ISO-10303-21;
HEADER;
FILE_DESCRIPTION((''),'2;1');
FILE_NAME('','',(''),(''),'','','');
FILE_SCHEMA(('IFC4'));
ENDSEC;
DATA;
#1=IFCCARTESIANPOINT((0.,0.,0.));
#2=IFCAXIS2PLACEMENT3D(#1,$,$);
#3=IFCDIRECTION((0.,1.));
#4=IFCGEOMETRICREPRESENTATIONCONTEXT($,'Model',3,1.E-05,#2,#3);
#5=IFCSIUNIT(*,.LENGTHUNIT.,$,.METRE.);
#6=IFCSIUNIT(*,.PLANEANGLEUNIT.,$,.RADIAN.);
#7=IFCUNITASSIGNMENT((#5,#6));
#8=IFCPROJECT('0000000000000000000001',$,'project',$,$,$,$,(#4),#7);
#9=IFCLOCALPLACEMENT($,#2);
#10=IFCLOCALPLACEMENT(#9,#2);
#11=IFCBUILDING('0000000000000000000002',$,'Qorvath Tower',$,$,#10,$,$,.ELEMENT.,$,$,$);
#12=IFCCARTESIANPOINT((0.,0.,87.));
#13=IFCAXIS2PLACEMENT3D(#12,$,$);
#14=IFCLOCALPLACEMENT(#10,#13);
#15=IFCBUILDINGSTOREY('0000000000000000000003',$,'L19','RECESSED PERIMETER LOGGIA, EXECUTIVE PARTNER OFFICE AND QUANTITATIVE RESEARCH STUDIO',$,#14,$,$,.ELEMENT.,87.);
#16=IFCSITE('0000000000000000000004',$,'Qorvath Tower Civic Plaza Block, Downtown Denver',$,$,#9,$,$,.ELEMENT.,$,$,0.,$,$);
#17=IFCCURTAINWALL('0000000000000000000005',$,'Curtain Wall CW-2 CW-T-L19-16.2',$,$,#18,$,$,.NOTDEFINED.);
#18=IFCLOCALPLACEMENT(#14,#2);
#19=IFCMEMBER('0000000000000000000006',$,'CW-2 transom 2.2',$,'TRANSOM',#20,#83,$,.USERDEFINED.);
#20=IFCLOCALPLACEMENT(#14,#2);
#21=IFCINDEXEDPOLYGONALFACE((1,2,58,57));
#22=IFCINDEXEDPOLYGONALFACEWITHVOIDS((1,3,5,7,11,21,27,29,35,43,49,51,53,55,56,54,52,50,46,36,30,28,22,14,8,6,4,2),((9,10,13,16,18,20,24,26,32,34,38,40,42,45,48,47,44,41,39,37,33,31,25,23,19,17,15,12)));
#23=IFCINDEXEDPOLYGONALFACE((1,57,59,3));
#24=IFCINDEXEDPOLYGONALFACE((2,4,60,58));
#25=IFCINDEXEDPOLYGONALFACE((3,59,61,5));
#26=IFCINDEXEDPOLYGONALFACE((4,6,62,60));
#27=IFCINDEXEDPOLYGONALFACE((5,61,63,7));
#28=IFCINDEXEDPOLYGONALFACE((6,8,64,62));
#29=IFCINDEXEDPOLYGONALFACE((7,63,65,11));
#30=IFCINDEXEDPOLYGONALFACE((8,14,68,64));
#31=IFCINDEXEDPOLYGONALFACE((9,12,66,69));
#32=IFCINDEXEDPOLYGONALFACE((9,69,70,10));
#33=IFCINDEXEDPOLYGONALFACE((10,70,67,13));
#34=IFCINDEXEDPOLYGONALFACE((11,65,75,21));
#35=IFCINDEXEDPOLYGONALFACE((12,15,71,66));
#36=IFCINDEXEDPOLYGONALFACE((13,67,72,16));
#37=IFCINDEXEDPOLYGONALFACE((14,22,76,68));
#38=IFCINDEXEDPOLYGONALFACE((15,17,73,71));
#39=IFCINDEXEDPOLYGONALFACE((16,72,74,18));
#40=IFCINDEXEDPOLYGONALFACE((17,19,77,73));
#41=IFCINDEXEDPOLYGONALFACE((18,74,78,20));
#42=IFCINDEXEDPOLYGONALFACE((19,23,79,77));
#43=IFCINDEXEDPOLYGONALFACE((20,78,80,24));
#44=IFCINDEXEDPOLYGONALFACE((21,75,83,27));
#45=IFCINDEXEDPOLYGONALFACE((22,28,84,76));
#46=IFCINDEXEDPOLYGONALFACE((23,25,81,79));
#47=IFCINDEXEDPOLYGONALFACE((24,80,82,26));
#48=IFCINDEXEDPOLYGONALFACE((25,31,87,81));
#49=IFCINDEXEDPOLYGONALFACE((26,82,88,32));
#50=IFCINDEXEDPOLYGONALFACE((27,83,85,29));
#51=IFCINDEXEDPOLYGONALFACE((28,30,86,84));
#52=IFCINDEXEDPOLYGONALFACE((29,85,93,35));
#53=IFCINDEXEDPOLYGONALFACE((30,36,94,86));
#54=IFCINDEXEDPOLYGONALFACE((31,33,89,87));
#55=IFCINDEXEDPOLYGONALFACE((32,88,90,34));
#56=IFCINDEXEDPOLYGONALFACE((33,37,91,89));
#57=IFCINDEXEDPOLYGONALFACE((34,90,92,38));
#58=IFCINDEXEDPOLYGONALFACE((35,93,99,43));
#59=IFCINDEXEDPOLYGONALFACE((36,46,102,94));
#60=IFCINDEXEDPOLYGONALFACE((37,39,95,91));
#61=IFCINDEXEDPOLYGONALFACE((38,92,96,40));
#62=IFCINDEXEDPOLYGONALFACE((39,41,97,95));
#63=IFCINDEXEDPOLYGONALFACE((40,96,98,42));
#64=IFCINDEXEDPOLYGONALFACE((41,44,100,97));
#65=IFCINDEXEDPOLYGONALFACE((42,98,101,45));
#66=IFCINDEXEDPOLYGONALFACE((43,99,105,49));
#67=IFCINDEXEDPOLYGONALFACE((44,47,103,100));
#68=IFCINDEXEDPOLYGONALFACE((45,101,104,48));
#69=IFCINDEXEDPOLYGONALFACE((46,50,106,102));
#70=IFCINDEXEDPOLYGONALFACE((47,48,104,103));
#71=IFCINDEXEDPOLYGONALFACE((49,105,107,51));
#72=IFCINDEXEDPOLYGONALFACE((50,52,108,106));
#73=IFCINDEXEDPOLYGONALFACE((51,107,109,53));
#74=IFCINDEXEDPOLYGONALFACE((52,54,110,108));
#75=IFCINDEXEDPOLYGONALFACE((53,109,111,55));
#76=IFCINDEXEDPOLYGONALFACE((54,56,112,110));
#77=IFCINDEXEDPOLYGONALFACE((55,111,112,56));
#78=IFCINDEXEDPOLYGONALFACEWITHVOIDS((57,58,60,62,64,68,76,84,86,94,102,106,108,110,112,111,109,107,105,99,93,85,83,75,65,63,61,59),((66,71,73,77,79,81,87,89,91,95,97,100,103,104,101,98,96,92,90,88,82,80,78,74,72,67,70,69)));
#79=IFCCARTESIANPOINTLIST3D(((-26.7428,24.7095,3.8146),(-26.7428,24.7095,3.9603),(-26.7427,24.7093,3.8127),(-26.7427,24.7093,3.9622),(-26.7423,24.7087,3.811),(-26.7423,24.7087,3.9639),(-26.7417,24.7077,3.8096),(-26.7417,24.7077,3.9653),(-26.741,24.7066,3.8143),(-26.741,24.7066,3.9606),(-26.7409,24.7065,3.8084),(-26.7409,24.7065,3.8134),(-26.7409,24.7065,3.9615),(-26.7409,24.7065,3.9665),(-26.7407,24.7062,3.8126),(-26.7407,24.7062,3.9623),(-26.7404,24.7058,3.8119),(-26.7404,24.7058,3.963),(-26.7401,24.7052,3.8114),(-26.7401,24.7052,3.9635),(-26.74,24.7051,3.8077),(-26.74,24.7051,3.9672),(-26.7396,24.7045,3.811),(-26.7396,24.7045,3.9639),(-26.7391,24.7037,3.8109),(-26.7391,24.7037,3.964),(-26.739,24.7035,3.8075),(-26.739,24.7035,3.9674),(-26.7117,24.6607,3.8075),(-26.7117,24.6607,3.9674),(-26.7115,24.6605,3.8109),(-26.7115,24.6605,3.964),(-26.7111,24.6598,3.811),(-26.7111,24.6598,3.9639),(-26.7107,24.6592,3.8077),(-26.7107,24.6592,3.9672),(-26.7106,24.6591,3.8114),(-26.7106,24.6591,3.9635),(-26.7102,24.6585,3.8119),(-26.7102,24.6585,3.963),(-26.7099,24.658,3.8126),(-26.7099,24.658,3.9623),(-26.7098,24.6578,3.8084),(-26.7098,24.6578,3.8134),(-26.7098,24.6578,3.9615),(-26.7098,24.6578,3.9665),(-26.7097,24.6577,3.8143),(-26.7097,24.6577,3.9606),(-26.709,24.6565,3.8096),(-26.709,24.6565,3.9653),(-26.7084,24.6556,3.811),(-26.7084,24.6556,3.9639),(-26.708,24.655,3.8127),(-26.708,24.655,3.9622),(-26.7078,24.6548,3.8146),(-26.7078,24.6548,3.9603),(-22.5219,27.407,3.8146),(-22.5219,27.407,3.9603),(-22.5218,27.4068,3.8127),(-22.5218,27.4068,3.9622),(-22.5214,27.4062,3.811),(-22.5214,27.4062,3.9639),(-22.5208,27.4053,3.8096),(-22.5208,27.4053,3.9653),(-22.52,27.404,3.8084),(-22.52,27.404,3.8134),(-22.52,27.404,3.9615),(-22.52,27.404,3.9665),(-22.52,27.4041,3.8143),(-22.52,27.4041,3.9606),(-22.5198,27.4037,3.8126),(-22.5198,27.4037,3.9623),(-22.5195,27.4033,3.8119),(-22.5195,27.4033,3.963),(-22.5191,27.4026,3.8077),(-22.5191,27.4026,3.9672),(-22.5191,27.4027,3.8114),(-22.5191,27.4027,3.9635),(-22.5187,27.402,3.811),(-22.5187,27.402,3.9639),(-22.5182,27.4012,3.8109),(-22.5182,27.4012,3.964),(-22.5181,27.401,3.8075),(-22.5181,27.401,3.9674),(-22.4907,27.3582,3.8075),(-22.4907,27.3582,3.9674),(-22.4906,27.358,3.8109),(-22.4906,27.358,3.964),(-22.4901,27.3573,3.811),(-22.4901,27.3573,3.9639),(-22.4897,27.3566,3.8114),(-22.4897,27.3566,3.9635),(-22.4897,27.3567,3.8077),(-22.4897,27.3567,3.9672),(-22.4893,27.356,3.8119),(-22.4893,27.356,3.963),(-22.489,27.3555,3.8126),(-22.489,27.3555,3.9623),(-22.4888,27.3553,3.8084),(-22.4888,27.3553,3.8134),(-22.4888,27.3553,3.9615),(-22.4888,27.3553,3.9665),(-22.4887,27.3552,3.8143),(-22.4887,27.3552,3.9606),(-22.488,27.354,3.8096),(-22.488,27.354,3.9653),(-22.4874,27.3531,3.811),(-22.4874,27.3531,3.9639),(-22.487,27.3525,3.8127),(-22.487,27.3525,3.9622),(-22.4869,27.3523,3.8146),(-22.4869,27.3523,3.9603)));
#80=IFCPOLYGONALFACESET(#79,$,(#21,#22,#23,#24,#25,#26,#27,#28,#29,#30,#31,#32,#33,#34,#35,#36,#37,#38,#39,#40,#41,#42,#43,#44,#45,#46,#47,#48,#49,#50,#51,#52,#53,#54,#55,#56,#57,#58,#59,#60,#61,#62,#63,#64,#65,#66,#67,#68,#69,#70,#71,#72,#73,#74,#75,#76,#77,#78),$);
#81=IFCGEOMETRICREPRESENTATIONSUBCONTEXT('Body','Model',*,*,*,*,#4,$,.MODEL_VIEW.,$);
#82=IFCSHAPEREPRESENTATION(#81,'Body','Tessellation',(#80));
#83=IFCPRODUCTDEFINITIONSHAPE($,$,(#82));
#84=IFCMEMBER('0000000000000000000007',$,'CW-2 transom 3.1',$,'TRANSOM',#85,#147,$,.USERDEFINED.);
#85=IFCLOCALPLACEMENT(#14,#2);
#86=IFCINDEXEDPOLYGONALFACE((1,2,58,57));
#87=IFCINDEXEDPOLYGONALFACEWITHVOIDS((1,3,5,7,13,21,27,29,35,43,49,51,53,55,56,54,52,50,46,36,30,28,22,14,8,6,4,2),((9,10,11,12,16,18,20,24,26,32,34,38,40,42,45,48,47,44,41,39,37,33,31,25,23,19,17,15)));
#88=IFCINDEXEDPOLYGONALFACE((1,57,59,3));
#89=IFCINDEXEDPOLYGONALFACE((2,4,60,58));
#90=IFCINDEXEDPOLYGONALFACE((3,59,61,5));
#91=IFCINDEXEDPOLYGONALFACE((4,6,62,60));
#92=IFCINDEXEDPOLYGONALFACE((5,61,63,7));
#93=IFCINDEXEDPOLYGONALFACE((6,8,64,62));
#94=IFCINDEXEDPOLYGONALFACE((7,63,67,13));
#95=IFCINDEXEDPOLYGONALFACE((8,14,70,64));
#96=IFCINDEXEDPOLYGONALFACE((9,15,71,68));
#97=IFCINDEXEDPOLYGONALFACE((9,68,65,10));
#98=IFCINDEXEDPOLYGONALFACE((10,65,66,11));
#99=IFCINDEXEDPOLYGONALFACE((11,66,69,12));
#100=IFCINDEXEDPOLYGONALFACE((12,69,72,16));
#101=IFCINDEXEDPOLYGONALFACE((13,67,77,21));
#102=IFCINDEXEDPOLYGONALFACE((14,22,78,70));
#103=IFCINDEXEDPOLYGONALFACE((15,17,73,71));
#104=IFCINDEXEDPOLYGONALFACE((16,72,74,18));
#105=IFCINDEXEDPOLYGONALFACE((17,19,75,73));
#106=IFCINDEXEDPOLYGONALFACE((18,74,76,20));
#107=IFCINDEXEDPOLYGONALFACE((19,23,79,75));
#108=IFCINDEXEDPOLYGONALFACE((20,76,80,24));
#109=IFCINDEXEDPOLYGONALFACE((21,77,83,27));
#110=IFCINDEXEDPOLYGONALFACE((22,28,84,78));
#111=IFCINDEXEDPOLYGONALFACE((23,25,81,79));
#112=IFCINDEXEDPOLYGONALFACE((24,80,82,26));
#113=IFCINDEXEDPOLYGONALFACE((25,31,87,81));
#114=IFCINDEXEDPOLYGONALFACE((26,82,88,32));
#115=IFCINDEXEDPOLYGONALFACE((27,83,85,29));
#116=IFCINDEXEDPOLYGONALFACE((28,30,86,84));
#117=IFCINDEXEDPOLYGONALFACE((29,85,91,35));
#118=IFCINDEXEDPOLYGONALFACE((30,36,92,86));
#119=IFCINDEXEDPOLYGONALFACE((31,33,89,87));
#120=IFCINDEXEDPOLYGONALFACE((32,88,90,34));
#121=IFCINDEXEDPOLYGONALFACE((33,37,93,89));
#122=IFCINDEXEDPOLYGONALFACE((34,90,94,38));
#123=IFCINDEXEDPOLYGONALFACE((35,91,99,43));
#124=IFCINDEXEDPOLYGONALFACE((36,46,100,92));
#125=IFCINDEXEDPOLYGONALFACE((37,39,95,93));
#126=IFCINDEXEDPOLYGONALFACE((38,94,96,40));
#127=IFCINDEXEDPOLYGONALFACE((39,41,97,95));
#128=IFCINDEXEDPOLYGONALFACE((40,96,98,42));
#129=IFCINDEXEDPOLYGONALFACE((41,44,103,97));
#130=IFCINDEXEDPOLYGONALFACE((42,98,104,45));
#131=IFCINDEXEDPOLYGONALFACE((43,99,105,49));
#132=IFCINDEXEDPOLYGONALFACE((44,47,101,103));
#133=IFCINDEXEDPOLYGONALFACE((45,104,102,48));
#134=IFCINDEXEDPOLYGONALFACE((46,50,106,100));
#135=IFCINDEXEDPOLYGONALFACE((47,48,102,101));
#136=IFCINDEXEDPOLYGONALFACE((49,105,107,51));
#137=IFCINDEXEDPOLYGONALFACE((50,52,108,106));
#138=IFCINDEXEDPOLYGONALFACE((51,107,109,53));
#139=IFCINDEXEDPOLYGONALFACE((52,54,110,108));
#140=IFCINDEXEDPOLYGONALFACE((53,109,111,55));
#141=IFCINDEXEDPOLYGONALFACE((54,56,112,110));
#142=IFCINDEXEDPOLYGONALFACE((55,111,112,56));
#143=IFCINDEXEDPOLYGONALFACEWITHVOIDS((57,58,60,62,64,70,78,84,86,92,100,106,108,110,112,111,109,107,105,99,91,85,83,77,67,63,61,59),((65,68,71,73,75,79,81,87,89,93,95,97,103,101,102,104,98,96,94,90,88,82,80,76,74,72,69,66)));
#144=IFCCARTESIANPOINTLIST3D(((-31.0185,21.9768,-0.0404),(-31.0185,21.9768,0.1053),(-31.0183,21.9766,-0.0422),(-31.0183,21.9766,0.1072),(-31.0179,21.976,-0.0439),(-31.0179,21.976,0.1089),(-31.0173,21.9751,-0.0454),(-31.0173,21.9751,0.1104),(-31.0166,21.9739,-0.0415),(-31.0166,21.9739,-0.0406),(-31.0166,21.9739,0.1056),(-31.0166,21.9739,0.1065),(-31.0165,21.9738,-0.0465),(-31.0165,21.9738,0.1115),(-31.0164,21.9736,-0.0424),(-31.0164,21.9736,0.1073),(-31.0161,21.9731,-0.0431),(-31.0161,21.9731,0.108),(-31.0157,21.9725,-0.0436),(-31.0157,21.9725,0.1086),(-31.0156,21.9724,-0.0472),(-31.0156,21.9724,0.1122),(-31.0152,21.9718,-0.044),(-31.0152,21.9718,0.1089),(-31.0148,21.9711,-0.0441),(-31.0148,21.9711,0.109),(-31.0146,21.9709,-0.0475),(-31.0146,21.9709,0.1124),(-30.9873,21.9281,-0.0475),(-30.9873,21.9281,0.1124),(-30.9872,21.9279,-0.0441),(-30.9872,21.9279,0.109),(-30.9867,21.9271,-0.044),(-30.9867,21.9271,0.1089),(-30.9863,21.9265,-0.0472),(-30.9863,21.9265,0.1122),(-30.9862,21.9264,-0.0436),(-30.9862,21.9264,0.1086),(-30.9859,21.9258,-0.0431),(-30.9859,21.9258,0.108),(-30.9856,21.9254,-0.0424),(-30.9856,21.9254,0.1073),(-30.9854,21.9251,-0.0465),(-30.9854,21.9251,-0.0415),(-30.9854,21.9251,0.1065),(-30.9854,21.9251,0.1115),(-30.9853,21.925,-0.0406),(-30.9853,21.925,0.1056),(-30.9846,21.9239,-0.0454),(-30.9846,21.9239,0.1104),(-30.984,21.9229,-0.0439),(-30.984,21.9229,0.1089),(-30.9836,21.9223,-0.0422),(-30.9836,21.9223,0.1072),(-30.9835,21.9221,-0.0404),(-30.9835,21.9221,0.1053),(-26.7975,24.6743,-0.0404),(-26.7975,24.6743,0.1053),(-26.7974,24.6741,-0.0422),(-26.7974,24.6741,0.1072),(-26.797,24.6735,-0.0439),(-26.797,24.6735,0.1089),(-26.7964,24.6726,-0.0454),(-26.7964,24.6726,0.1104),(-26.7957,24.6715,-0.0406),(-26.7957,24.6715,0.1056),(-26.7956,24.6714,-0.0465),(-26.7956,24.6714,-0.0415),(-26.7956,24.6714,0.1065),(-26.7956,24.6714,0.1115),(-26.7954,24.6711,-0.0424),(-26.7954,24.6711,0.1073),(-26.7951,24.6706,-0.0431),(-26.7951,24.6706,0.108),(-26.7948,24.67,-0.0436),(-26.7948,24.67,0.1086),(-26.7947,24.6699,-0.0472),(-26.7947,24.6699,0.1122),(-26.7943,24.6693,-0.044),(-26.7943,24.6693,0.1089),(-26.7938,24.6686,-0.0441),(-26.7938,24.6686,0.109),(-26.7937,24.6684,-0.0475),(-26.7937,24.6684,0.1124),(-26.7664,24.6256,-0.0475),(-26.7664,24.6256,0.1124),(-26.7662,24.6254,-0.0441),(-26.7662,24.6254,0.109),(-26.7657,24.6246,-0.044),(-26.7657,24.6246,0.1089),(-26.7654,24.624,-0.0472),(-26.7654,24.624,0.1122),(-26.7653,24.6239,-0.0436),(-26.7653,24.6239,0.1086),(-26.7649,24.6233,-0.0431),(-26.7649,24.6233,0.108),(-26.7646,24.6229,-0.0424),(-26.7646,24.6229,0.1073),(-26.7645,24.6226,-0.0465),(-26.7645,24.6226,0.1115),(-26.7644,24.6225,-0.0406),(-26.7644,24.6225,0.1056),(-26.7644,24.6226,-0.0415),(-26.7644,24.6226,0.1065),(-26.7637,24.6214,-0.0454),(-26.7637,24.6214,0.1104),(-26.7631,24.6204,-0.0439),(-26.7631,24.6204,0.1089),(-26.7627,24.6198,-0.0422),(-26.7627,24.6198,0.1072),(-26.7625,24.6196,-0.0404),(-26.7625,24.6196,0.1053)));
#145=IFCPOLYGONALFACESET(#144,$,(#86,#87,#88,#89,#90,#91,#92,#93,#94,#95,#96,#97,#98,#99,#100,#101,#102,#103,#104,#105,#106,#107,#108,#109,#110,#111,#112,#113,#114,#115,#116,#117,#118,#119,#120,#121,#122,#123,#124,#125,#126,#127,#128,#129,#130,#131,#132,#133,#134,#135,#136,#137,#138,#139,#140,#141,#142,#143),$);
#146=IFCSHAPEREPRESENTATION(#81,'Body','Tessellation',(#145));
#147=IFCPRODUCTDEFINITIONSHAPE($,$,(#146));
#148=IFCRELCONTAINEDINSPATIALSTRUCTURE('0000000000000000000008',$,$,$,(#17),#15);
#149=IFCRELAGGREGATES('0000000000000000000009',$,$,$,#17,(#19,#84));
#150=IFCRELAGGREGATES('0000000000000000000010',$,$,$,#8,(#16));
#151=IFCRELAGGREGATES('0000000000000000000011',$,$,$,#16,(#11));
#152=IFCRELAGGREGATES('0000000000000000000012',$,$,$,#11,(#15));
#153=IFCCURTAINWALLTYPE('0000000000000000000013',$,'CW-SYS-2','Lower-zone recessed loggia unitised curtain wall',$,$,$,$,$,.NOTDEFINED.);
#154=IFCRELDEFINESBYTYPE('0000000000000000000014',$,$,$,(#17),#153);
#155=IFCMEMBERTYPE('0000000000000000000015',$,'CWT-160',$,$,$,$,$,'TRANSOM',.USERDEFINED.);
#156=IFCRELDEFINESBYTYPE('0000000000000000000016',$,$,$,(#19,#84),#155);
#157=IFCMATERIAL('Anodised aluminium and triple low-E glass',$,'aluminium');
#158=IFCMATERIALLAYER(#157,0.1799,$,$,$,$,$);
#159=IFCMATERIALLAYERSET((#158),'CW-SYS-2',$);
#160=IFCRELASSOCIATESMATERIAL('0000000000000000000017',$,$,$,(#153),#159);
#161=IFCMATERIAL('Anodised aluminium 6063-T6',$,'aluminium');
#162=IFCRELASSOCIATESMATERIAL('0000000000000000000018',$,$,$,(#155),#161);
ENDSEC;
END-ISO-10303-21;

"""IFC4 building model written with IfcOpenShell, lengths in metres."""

from ifc_helpers import new_model, si_unit, direction, frame, origin, origin_2d, place, context, subcontext, project, spatial, hollow_rectangle, extrude, material, layer, layer_set, material_profile, profile_set, type_object, element, aggregate, save


model = new_model("IFC4")

# Units and contexts
model_context = context("Model", 3, precision=1e-05, world=origin(), true_north=direction((0.0, 1.0)))
body_context = subcontext(model_context, "Body", "Model", "MODEL_VIEW")
ifc_project = project(units=[si_unit("LENGTHUNIT", "METRE"), si_unit("PLANEANGLEUNIT", "RADIAN")], contexts=[model_context])

# Site, building, storey
site_placement = place(None, origin())
site = spatial("IfcSite", under=ifc_project, at=site_placement, Name="Qorvath Tower Civic Plaza Block, Downtown Denver", CompositionType="ELEMENT", RefElevation=0.0)
building_placement = place(site_placement, origin())
building = spatial("IfcBuilding", under=site, at=building_placement, Name="Qorvath Tower", CompositionType="ELEMENT")
storey_placement = place(building_placement, frame((0.0, 0.0, 87.0)))
storey = spatial("IfcBuildingStorey", under=building, at=storey_placement, Name="L19", Description="RECESSED PERIMETER LOGGIA, EXECUTIVE PARTNER OFFICE AND QUANTITATIVE RESEARCH STUDIO", CompositionType="ELEMENT", Elevation=87.0)

# Curtain wall, members
ifc_material_1 = material(Name="Anodised aluminium and triple low-E glass", Category="aluminium")
ifc_layer_1 = layer(ifc_material_1, 0.1799)
ifc_layer_set_1 = layer_set([ifc_layer_1], Name="CW-SYS-2")
curtain_wall_type = type_object("IfcCurtainWallType", Name="CW-SYS-2", Description="Lower-zone recessed loggia unitised curtain wall", PredefinedType="NOTDEFINED", material=ifc_layer_set_1)
curtain_wall_placement = place(storey_placement, origin())
curtain_wall = element("IfcCurtainWall", 1, at=curtain_wall_placement, inside=storey, type_object=curtain_wall_type, Name="Curtain Wall CW-2 CW-T-L19-16.2", PredefinedType="NOTDEFINED")
ifc_material_2 = material(Name="Anodised aluminium 6063-T6", Category="aluminium")
ifc_material_profile_1 = material_profile(ifc_material_2, hollow_rectangle(XDim=0.0649, YDim=0.1599, WallThickness=0.0034, InnerFilletRadius=0.0034, OuterFilletRadius=0.0071, at=origin_2d()), Name="CWT 160x65")
ifc_profile_set_1 = profile_set([ifc_material_profile_1], Name="Anodised aluminium 6063-T6")
member_type_1 = type_object("IfcMemberType", Name="CWT-160", ElementType="TRANSOM", PredefinedType="USERDEFINED", material=ifc_profile_set_1)
member_1_placement = place(storey_placement, frame((-22.5044, 27.3796, 3.8875), z_axis=(-0.842624, -0.538502, 0.0), x_axis=(0.538502, -0.842624, 0.0)))
member_1 = element("IfcMember", 2, at=member_1_placement, type_object=member_type_1, Name="CW-2 transom 2.2", ObjectType="TRANSOM", PredefinedType="USERDEFINED", context=body_context, shape_type="SweptSolid", body=[
    extrude(hollow_rectangle(XDim=0.0649, YDim=0.1599, WallThickness=0.0034, InnerFilletRadius=0.0034, OuterFilletRadius=0.0071, at=origin_2d()), origin(), (0.0, 0.0, 1.0), 5.0093),
])
member_2_placement = place(storey_placement, frame((-26.78, 24.647, 0.0325), z_axis=(-0.842624, -0.538502, 0.0), x_axis=(0.538502, -0.842624, 0.0)))
member_2 = element("IfcMember", 3, at=member_2_placement, type_object=member_type_1, Name="CW-2 transom 3.1", ObjectType="TRANSOM", PredefinedType="USERDEFINED", context=body_context, shape_type="SweptSolid", body=[
    extrude(hollow_rectangle(XDim=0.0649, YDim=0.1599, WallThickness=0.0034, InnerFilletRadius=0.0034, OuterFilletRadius=0.0071, at=origin_2d()), origin(), (0.0, 0.0, 1.0), 5.0093),
])
aggregate(curtain_wall, [member_1, member_2])

save(model, "model.ifc")
